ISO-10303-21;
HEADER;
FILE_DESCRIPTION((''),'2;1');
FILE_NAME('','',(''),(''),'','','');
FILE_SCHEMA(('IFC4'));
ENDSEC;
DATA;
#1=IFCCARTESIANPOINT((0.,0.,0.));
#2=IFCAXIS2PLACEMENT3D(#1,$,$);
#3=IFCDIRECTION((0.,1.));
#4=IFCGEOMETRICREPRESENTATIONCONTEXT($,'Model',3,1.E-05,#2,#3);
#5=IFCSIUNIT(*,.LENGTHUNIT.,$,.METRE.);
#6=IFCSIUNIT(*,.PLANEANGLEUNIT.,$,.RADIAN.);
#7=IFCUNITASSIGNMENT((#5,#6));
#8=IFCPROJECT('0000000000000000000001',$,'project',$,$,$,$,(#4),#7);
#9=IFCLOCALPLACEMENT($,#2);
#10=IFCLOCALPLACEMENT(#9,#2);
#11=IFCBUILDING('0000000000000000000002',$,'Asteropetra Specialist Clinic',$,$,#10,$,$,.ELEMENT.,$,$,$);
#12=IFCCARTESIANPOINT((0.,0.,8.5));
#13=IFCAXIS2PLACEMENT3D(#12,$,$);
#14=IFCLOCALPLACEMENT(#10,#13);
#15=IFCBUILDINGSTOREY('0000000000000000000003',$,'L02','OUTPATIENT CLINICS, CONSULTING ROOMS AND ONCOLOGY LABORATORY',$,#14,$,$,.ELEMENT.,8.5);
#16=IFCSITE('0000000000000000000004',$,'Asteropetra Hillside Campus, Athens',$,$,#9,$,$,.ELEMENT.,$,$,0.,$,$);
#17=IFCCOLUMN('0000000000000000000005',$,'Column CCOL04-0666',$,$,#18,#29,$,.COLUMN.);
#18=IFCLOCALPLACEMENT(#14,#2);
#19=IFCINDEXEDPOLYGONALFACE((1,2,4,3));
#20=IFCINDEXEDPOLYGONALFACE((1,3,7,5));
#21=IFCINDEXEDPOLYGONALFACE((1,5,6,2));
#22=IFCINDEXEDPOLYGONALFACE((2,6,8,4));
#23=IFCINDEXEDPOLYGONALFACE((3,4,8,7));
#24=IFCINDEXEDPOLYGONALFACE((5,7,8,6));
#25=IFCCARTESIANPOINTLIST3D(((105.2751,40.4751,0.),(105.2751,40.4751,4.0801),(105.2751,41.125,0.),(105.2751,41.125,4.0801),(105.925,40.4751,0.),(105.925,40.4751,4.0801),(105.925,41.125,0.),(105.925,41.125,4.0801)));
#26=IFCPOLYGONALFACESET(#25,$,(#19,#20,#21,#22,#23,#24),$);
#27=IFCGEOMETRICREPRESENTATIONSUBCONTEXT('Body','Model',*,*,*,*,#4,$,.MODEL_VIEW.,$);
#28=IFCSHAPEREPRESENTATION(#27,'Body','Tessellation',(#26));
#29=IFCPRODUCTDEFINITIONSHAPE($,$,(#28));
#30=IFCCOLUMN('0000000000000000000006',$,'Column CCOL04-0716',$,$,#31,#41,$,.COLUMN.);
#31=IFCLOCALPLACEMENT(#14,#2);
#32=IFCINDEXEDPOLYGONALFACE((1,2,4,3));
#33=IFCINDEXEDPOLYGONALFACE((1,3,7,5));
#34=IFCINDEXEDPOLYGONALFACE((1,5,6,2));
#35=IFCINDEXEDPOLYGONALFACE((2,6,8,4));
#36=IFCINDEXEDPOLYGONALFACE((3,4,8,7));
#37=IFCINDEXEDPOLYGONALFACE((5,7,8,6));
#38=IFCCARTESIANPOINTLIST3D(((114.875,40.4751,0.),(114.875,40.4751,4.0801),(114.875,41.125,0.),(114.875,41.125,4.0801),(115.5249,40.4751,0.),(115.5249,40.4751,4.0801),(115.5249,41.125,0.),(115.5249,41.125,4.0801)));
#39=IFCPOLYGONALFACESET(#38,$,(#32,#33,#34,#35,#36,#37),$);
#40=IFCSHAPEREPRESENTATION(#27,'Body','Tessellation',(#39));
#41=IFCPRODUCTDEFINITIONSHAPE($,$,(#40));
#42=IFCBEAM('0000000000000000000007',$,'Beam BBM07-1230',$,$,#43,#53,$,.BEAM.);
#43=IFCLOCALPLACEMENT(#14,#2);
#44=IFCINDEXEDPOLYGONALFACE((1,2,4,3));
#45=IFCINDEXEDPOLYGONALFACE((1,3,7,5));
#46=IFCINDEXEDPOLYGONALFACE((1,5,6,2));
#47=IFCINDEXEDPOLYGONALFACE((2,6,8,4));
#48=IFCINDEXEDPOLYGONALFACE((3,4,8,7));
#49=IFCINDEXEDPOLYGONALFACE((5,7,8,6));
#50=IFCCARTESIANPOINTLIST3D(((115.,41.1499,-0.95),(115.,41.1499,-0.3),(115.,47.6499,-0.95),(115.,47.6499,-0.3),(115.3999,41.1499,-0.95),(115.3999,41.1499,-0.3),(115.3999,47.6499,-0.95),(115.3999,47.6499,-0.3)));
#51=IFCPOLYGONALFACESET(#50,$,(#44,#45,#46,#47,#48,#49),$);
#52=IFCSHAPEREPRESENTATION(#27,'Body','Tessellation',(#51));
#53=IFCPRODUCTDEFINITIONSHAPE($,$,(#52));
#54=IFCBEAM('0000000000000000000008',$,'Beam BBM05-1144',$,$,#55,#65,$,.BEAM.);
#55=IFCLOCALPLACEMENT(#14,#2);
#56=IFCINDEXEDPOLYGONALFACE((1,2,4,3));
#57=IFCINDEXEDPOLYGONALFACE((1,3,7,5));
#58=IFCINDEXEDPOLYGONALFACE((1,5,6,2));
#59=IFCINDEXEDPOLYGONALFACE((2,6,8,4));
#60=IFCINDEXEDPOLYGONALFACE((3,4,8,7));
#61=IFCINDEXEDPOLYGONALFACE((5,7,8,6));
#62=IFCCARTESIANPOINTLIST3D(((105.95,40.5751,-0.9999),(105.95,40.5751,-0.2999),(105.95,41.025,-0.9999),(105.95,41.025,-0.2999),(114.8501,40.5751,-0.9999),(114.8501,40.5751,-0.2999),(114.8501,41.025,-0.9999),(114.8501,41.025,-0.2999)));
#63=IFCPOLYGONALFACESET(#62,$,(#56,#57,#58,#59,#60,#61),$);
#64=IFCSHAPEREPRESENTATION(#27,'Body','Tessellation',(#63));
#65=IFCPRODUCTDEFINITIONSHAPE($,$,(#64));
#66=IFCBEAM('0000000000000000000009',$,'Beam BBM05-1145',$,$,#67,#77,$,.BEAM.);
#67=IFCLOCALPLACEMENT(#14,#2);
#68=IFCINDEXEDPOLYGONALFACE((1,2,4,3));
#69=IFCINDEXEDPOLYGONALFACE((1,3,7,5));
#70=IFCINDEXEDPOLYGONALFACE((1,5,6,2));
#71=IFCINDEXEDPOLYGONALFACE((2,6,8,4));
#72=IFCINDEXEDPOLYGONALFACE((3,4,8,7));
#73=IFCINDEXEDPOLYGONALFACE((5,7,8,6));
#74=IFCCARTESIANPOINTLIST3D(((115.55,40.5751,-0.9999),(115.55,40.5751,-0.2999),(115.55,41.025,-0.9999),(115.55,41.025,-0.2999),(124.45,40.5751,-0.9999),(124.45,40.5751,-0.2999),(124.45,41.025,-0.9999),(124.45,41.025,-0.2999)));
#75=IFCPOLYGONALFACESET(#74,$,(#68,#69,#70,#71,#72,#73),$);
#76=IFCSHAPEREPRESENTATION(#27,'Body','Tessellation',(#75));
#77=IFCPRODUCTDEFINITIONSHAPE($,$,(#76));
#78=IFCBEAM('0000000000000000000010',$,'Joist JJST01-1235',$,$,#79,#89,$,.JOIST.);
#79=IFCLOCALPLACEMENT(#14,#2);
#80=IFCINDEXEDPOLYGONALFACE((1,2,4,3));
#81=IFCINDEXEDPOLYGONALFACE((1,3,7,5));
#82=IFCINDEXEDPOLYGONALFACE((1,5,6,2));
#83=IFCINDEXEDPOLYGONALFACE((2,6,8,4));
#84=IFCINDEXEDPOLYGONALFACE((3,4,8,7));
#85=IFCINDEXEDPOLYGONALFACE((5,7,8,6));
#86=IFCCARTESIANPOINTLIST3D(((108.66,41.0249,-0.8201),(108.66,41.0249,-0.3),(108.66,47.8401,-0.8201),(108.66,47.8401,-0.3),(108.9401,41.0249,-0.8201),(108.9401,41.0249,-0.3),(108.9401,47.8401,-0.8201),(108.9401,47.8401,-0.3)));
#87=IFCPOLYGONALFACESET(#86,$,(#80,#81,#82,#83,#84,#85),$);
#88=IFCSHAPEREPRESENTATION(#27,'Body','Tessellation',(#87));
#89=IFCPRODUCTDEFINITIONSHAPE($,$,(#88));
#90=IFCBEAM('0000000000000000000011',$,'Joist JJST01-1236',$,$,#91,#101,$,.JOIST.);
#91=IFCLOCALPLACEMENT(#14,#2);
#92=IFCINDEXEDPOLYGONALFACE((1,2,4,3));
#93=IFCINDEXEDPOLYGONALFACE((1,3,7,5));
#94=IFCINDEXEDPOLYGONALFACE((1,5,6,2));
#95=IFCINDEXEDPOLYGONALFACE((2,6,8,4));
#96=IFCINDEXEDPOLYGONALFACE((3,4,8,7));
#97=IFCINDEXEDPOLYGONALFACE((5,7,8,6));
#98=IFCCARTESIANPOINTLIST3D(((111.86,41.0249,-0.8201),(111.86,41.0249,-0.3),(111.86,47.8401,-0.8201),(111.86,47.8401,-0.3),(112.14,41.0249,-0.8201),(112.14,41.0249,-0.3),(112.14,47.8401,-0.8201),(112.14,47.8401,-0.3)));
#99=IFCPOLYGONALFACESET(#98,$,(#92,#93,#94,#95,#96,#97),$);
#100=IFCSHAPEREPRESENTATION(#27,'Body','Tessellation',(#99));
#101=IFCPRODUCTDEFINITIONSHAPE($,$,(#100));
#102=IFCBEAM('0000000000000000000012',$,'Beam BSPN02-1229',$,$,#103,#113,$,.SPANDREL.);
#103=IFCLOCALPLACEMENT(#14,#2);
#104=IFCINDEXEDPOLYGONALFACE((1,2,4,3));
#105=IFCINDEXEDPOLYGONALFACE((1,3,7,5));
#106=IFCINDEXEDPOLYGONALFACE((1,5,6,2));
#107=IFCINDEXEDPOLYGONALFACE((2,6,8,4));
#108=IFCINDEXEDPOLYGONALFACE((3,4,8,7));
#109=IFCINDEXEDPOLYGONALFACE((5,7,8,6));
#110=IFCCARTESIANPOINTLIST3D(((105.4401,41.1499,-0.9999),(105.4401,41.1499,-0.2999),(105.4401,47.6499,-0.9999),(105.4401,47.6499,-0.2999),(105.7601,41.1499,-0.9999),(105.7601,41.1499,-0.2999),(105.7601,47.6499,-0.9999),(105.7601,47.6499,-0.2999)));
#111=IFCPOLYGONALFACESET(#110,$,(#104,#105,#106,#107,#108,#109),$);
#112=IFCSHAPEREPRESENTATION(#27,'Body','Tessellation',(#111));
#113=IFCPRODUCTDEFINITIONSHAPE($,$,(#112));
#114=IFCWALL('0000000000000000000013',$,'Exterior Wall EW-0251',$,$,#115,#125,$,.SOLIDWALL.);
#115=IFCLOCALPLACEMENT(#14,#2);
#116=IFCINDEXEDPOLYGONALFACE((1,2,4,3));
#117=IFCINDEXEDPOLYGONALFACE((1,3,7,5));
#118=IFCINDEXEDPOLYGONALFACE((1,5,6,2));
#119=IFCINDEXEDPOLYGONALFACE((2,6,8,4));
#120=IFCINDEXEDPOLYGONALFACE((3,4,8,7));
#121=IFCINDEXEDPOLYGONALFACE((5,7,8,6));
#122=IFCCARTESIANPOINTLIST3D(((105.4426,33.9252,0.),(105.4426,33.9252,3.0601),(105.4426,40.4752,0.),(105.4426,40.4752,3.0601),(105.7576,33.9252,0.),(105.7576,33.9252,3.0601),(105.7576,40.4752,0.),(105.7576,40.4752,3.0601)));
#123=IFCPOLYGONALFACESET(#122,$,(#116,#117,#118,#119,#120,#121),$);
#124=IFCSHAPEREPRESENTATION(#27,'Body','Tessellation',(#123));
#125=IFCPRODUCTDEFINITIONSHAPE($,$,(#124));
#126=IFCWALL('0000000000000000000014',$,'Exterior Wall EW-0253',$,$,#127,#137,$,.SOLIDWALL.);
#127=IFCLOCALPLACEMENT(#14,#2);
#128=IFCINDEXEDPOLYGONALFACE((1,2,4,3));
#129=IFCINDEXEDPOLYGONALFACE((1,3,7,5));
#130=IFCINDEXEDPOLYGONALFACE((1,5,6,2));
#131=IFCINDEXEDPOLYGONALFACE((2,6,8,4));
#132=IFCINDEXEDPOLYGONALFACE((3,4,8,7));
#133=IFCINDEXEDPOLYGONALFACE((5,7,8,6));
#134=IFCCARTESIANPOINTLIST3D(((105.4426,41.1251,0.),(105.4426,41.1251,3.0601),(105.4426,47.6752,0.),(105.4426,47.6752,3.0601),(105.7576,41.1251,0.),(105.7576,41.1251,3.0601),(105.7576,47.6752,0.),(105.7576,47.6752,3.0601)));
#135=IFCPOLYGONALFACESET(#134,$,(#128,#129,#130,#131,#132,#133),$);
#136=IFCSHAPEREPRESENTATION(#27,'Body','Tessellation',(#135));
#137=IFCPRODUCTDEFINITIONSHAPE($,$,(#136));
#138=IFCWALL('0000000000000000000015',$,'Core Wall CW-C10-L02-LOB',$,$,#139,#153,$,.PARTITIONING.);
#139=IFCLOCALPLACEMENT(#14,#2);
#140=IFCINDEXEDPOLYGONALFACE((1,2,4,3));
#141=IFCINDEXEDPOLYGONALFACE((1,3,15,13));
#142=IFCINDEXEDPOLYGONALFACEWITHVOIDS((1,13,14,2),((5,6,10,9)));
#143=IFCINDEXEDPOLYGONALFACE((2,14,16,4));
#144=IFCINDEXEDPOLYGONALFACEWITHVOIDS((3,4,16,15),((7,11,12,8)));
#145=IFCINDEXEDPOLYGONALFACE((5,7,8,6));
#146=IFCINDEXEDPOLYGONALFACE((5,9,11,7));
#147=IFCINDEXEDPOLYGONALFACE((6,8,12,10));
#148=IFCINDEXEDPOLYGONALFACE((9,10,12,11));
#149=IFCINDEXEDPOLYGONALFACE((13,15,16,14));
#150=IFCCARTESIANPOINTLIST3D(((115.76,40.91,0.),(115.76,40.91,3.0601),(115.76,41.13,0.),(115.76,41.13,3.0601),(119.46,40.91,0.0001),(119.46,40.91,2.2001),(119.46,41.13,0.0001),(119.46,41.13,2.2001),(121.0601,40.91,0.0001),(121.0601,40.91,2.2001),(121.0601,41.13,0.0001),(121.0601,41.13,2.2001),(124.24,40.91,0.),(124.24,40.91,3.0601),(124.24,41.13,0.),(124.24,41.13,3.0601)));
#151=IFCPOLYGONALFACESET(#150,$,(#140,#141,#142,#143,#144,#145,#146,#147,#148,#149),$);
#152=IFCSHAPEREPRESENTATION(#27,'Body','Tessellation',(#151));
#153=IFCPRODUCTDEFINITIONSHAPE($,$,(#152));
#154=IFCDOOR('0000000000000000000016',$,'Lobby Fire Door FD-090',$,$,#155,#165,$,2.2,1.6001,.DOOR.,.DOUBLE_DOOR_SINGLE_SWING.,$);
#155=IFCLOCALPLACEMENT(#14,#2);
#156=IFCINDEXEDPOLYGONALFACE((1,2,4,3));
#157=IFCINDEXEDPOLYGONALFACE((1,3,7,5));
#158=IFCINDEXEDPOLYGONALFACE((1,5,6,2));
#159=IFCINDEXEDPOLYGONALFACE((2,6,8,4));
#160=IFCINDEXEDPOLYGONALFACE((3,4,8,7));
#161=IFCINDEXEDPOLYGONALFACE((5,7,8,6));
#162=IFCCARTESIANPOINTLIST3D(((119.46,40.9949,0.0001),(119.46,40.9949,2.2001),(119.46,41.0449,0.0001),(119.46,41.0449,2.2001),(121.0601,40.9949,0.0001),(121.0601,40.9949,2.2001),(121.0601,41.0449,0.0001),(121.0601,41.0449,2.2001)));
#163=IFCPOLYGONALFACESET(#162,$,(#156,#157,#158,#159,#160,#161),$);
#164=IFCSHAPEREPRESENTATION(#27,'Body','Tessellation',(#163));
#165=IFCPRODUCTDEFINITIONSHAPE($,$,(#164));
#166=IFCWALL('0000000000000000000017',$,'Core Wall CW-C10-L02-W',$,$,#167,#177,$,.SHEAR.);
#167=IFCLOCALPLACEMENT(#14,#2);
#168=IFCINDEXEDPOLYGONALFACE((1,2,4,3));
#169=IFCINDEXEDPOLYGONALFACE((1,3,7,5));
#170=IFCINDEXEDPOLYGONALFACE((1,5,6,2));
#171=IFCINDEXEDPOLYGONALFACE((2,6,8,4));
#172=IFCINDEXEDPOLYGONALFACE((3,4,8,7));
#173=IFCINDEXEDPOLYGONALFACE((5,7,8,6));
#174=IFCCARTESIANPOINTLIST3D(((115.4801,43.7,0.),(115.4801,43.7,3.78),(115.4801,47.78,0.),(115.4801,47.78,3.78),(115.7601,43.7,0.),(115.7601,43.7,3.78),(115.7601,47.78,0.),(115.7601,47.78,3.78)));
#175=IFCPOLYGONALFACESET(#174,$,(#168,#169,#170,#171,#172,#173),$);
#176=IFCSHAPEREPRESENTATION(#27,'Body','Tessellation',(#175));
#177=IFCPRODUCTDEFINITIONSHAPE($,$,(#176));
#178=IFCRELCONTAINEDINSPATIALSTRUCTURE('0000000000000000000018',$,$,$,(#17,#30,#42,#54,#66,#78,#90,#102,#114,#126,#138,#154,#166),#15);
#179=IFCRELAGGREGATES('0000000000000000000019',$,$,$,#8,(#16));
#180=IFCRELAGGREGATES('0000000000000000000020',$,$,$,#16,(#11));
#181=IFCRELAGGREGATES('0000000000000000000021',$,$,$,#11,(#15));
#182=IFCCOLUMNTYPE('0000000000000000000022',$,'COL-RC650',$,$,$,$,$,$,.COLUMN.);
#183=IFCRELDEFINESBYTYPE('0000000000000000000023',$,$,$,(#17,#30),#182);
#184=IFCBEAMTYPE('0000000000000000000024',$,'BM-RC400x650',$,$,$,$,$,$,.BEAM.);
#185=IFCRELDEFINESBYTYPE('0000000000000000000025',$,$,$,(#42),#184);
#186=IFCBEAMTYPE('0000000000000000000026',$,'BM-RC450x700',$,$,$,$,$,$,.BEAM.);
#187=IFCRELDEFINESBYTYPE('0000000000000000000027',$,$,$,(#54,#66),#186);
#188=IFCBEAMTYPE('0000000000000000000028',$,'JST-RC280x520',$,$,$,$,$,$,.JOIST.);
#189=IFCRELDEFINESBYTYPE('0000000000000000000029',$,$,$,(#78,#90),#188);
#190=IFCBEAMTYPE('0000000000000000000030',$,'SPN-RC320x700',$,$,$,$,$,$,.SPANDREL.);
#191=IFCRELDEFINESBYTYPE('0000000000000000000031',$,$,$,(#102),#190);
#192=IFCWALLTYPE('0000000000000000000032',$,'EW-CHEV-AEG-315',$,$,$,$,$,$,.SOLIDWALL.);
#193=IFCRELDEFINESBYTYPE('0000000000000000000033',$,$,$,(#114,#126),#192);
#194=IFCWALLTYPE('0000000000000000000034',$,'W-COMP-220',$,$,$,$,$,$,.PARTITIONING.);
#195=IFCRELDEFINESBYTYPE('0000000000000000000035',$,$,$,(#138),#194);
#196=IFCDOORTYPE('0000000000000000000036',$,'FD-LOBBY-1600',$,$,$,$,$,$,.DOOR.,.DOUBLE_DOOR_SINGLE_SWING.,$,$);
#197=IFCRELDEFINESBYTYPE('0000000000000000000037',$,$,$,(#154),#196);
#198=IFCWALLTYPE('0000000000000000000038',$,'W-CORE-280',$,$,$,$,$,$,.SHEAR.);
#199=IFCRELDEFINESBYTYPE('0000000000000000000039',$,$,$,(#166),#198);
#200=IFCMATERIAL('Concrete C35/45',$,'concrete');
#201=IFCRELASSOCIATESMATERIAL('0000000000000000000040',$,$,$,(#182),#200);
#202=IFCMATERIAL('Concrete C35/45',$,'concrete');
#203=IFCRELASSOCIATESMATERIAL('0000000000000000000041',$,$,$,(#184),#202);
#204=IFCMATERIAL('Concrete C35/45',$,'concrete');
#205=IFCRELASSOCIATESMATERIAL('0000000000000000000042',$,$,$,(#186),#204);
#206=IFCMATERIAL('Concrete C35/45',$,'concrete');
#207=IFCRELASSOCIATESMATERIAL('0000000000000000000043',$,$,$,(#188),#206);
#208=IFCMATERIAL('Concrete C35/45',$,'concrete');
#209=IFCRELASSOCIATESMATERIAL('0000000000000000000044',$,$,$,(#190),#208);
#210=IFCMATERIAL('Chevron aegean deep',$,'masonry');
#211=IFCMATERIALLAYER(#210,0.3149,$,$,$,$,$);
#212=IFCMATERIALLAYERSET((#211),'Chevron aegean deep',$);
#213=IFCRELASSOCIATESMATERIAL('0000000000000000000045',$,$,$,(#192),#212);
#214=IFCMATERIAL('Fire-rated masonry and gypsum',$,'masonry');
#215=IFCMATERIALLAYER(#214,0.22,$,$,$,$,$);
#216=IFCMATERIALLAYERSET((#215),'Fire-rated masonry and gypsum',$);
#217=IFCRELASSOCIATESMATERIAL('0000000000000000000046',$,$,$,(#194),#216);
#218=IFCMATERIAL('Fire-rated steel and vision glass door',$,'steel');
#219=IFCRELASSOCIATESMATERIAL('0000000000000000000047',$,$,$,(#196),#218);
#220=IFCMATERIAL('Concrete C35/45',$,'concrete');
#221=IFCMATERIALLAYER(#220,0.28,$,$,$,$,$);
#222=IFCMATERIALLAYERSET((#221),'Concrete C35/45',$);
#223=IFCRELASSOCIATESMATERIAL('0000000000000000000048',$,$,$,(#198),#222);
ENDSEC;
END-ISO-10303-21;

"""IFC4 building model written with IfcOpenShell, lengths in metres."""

from ifc_helpers import new_model, si_unit, direction, frame, frame_2d, origin, origin_2d, place, context, subcontext, project, spatial, rectangle, extrude, material, layer, layer_set, material_profile, profile_set, type_object, element, fill, save


model = new_model("IFC4")

# Units and contexts
model_context = context("Model", 3, precision=1e-05, world=origin(), true_north=direction((0.0, 1.0)))
body_context = subcontext(model_context, "Body", "Model", "MODEL_VIEW")
ifc_project = project(units=[si_unit("LENGTHUNIT", "METRE"), si_unit("PLANEANGLEUNIT", "RADIAN")], contexts=[model_context])

# Site, building, storey
site_placement = place(None, origin())
site = spatial("IfcSite", under=ifc_project, at=site_placement, Name="Asteropetra Hillside Campus, Athens", CompositionType="ELEMENT", RefElevation=0.0)
building_placement = place(site_placement, origin())
building = spatial("IfcBuilding", under=site, at=building_placement, Name="Asteropetra Specialist Clinic", CompositionType="ELEMENT")
storey_placement = place(building_placement, frame((0.0, 0.0, 8.5)))
storey = spatial("IfcBuildingStorey", under=building, at=storey_placement, Name="L02", Description="OUTPATIENT CLINICS, CONSULTING ROOMS AND ONCOLOGY LABORATORY", CompositionType="ELEMENT", Elevation=8.5)

# Columns
ifc_material_1 = material(Name="Concrete C35/45", Category="concrete")
ifc_material_profile_1 = material_profile(ifc_material_1, rectangle(XDim=0.6499, YDim=0.6499, at=origin_2d()), Name="RC 650x650")
ifc_profile_set_1 = profile_set([ifc_material_profile_1], Name="Concrete C35/45")
column_type = type_object("IfcColumnType", Name="COL-RC650", PredefinedType="COLUMN", material=ifc_profile_set_1)
for number, where, z_axis, x_axis, name in (
    (1, (105.6001, 40.8, 0.0), (0.0, 0.0, 1.0), (1.0, 0.0, 0.0), "Column CCOL04-0666"),
    (2, (115.2, 40.8, 0.0), (0.0, 0.0, 1.0), (1.0, 0.0, 0.0), "Column CCOL04-0716"),
):
    element("IfcColumn", number, at=place(storey_placement, frame(where, z_axis=z_axis, x_axis=x_axis)), inside=storey, type_object=column_type, Name=name, PredefinedType="COLUMN", context=body_context, shape_type="SweptSolid", body=[
        extrude(rectangle(XDim=0.6499, YDim=0.6499, at=origin_2d()), origin(), (0.0, 0.0, 1.0), 4.0801),
    ])

# Beams
ifc_material_2 = material(Name="Concrete C35/45", Category="concrete")
ifc_material_profile_2 = material_profile(ifc_material_2, rectangle(XDim=0.3999, YDim=0.6499, at=origin_2d()), Name="RCB 400x650")
ifc_profile_set_2 = profile_set([ifc_material_profile_2], Name="Concrete C35/45")
beam_type_1 = type_object("IfcBeamType", Name="BM-RC400x650", PredefinedType="BEAM", material=ifc_profile_set_2)
beam_1_placement = place(storey_placement, frame((115.2, 41.1499, -0.625), z_axis=(0.0, 1.0, 0.0), x_axis=(-1.0, 0.0, 0.0)))
element("IfcBeam", 3, at=beam_1_placement, inside=storey, type_object=beam_type_1, Name="Beam BBM07-1230", PredefinedType="BEAM", context=body_context, shape_type="SweptSolid", body=[
    extrude(rectangle(XDim=0.3999, YDim=0.6499, at=origin_2d()), origin(), (0.0, 0.0, 1.0), 6.5),
])
ifc_material_3 = material(Name="Concrete C35/45", Category="concrete")
ifc_material_profile_3 = material_profile(ifc_material_3, rectangle(XDim=0.45, YDim=0.7, at=origin_2d()), Name="RCB 450x700")
ifc_profile_set_3 = profile_set([ifc_material_profile_3], Name="Concrete C35/45")
beam_type_2 = type_object("IfcBeamType", Name="BM-RC450x700", PredefinedType="BEAM", material=ifc_profile_set_3)
beam_2_placement = place(storey_placement, frame((105.95, 40.8, -0.6499), z_axis=(1.0, 0.0, 0.0), x_axis=(0.0, 1.0, 0.0)))
element("IfcBeam", 4, at=beam_2_placement, inside=storey, type_object=beam_type_2, Name="Beam BBM05-1144", PredefinedType="BEAM", context=body_context, shape_type="SweptSolid", body=[
    extrude(rectangle(XDim=0.45, YDim=0.7, at=origin_2d()), origin(), (0.0, 0.0, 1.0), 8.9001),
])
beam_3_placement = place(storey_placement, frame((115.55, 40.8, -0.6499), z_axis=(1.0, 0.0, 0.0), x_axis=(0.0, 1.0, 0.0)))
element("IfcBeam", 5, at=beam_3_placement, inside=storey, type_object=beam_type_2, Name="Beam BBM05-1145", PredefinedType="BEAM", context=body_context, shape_type="SweptSolid", body=[
    extrude(rectangle(XDim=0.45, YDim=0.7, at=origin_2d()), origin(), (0.0, 0.0, 1.0), 8.8999),
])
ifc_material_4 = material(Name="Concrete C35/45", Category="concrete")
ifc_material_profile_4 = material_profile(ifc_material_4, rectangle(XDim=0.28, YDim=0.52, at=origin_2d()), Name="RCJ 280x520")
ifc_profile_set_4 = profile_set([ifc_material_profile_4], Name="Concrete C35/45")
beam_type_3 = type_object("IfcBeamType", Name="JST-RC280x520", PredefinedType="JOIST", material=ifc_profile_set_4)
for number, where, z_axis, x_axis, name in (
    (6, (108.8, 41.0249, -0.5601), (0.0, 1.0, 0.0), (-1.0, 0.0, 0.0), "Joist JJST01-1235"),
    (7, (112.0, 41.0249, -0.5601), (0.0, 1.0, 0.0), (-1.0, 0.0, 0.0), "Joist JJST01-1236"),
):
    element("IfcBeam", number, at=place(storey_placement, frame(where, z_axis=z_axis, x_axis=x_axis)), inside=storey, type_object=beam_type_3, Name=name, PredefinedType="JOIST", context=body_context, shape_type="SweptSolid", body=[
        extrude(rectangle(XDim=0.28, YDim=0.52, at=origin_2d()), origin(), (0.0, 0.0, 1.0), 6.8152),
    ])
ifc_material_5 = material(Name="Concrete C35/45", Category="concrete")
ifc_material_profile_5 = material_profile(ifc_material_5, rectangle(XDim=0.3201, YDim=0.7, at=origin_2d()), Name="RCS 320x700")
ifc_profile_set_5 = profile_set([ifc_material_profile_5], Name="Concrete C35/45")
beam_type_4 = type_object("IfcBeamType", Name="SPN-RC320x700", PredefinedType="SPANDREL", material=ifc_profile_set_5)
beam_4_placement = place(storey_placement, frame((105.6001, 41.1499, -0.6499), z_axis=(0.0, 1.0, 0.0), x_axis=(-1.0, 0.0, 0.0)))
element("IfcBeam", 8, at=beam_4_placement, inside=storey, type_object=beam_type_4, Name="Beam BSPN02-1229", PredefinedType="SPANDREL", context=body_context, shape_type="SweptSolid", body=[
    extrude(rectangle(XDim=0.3201, YDim=0.7, at=origin_2d()), origin(), (0.0, 0.0, 1.0), 6.5),
])

# Walls
ifc_material_6 = material(Name="Chevron aegean deep", Category="masonry")
ifc_layer_1 = layer(ifc_material_6, 0.3149)
ifc_layer_set_1 = layer_set([ifc_layer_1], Name="Chevron aegean deep")
wall_type_1 = type_object("IfcWallType", Name="EW-CHEV-AEG-315", PredefinedType="SOLIDWALL", material=ifc_layer_set_1)
for number, where, z_axis, x_axis, name in (
    (9, (105.6001, 40.4751, 0.0), (0.0, 0.0, 1.0), (0.0, -1.0, 0.0), "Exterior Wall EW-0251"),
    (10, (105.6001, 47.675, 0.0), (0.0, 0.0, 1.0), (0.0, -1.0, 0.0), "Exterior Wall EW-0253"),
):
    element("IfcWall", number, at=place(storey_placement, frame(where, z_axis=z_axis, x_axis=x_axis)), inside=storey, type_object=wall_type_1, Name=name, PredefinedType="SOLIDWALL", context=body_context, shape_type="SweptSolid", body=[
        extrude(rectangle(XDim=6.55, YDim=0.3149, at=frame_2d((3.2749, 0.0))), origin(), (0.0, 0.0, 1.0), 3.0601),
    ])

# Wall, opening, door
ifc_material_7 = material(Name="Fire-rated masonry and gypsum", Category="masonry")
ifc_layer_2 = layer(ifc_material_7, 0.22)
ifc_layer_set_2 = layer_set([ifc_layer_2], Name="Fire-rated masonry and gypsum")
wall_type_2 = type_object("IfcWallType", Name="W-COMP-220", PredefinedType="PARTITIONING", material=ifc_layer_set_2)
wall_1_placement = place(storey_placement, frame((115.76, 41.02, 0.0), z_axis=(0.0, 0.0, 1.0), x_axis=(1.0, 0.0, 0.0)))
wall_1 = element("IfcWall", 11, at=wall_1_placement, inside=storey, type_object=wall_type_2, Name="Core Wall CW-C10-L02-LOB", PredefinedType="PARTITIONING", context=body_context, shape_type="SweptSolid", body=[
    extrude(rectangle(XDim=8.48, YDim=0.22, at=frame_2d((4.24, 0.0))), origin(), (0.0, 0.0, 1.0), 3.0601),
])
opening_1_placement = place(wall_1_placement, frame((3.7, 0.0, 0.0)))
opening_1 = element("IfcOpeningElement", 12, at=opening_1_placement, cuts=wall_1, PredefinedType="OPENING", context=body_context, shape_type="SweptSolid", body=[
    extrude(rectangle(XDim=1.6001, YDim=2.2, at=frame_2d((0.8, 1.1001))), frame((0.0, 0.1199, 0.0), z_axis=(0.0, -1.0, 0.0), x_axis=(1.0, 0.0, 0.0)), (0.0, 0.0, 1.0), 0.24),
])
ifc_material_8 = material(Name="Fire-rated steel and vision glass door", Category="steel")
door_type_1 = type_object("IfcDoorType", Name="FD-LOBBY-1600", OperationType="DOUBLE_DOOR_SINGLE_SWING", PredefinedType="DOOR", material=ifc_material_8)
door_1_placement = place(opening_1_placement, origin())
door_1 = element("IfcDoor", 13, at=door_1_placement, inside=storey, type_object=door_type_1, Name="Lobby Fire Door FD-090", OperationType="DOUBLE_DOOR_SINGLE_SWING", OverallHeight=2.2, OverallWidth=1.6001, PredefinedType="DOOR", context=body_context, shape_type="SweptSolid", body=[
    extrude(rectangle(XDim=1.6001, YDim=2.2, at=frame_2d((0.8, 1.1001))), frame((0.0, 0.0249, 0.0), z_axis=(0.0, -1.0, 0.0), x_axis=(1.0, 0.0, 0.0)), (0.0, 0.0, 1.0), 0.05),
])
fill(opening_1, door_1)

# Wall
ifc_material_9 = material(Name="Concrete C35/45", Category="concrete")
ifc_layer_3 = layer(ifc_material_9, 0.28)
ifc_layer_set_3 = layer_set([ifc_layer_3], Name="Concrete C35/45")
wall_type_3 = type_object("IfcWallType", Name="W-CORE-280", PredefinedType="SHEAR", material=ifc_layer_set_3)
for number, where, z_axis, x_axis, name in (
    (14, (115.6201, 43.7, 0.0), (0.0, 0.0, 1.0), (0.0, 1.0, 0.0), "Core Wall CW-C10-L02-W"),
):
    element("IfcWall", number, at=place(storey_placement, frame(where, z_axis=z_axis, x_axis=x_axis)), inside=storey, type_object=wall_type_3, Name=name, PredefinedType="SHEAR", context=body_context, shape_type="SweptSolid", body=[
        extrude(rectangle(XDim=4.0801, YDim=0.28, at=frame_2d((2.04, 0.0))), origin(), (0.0, 0.0, 1.0), 3.78),
    ])

save(model, "model.ifc")
